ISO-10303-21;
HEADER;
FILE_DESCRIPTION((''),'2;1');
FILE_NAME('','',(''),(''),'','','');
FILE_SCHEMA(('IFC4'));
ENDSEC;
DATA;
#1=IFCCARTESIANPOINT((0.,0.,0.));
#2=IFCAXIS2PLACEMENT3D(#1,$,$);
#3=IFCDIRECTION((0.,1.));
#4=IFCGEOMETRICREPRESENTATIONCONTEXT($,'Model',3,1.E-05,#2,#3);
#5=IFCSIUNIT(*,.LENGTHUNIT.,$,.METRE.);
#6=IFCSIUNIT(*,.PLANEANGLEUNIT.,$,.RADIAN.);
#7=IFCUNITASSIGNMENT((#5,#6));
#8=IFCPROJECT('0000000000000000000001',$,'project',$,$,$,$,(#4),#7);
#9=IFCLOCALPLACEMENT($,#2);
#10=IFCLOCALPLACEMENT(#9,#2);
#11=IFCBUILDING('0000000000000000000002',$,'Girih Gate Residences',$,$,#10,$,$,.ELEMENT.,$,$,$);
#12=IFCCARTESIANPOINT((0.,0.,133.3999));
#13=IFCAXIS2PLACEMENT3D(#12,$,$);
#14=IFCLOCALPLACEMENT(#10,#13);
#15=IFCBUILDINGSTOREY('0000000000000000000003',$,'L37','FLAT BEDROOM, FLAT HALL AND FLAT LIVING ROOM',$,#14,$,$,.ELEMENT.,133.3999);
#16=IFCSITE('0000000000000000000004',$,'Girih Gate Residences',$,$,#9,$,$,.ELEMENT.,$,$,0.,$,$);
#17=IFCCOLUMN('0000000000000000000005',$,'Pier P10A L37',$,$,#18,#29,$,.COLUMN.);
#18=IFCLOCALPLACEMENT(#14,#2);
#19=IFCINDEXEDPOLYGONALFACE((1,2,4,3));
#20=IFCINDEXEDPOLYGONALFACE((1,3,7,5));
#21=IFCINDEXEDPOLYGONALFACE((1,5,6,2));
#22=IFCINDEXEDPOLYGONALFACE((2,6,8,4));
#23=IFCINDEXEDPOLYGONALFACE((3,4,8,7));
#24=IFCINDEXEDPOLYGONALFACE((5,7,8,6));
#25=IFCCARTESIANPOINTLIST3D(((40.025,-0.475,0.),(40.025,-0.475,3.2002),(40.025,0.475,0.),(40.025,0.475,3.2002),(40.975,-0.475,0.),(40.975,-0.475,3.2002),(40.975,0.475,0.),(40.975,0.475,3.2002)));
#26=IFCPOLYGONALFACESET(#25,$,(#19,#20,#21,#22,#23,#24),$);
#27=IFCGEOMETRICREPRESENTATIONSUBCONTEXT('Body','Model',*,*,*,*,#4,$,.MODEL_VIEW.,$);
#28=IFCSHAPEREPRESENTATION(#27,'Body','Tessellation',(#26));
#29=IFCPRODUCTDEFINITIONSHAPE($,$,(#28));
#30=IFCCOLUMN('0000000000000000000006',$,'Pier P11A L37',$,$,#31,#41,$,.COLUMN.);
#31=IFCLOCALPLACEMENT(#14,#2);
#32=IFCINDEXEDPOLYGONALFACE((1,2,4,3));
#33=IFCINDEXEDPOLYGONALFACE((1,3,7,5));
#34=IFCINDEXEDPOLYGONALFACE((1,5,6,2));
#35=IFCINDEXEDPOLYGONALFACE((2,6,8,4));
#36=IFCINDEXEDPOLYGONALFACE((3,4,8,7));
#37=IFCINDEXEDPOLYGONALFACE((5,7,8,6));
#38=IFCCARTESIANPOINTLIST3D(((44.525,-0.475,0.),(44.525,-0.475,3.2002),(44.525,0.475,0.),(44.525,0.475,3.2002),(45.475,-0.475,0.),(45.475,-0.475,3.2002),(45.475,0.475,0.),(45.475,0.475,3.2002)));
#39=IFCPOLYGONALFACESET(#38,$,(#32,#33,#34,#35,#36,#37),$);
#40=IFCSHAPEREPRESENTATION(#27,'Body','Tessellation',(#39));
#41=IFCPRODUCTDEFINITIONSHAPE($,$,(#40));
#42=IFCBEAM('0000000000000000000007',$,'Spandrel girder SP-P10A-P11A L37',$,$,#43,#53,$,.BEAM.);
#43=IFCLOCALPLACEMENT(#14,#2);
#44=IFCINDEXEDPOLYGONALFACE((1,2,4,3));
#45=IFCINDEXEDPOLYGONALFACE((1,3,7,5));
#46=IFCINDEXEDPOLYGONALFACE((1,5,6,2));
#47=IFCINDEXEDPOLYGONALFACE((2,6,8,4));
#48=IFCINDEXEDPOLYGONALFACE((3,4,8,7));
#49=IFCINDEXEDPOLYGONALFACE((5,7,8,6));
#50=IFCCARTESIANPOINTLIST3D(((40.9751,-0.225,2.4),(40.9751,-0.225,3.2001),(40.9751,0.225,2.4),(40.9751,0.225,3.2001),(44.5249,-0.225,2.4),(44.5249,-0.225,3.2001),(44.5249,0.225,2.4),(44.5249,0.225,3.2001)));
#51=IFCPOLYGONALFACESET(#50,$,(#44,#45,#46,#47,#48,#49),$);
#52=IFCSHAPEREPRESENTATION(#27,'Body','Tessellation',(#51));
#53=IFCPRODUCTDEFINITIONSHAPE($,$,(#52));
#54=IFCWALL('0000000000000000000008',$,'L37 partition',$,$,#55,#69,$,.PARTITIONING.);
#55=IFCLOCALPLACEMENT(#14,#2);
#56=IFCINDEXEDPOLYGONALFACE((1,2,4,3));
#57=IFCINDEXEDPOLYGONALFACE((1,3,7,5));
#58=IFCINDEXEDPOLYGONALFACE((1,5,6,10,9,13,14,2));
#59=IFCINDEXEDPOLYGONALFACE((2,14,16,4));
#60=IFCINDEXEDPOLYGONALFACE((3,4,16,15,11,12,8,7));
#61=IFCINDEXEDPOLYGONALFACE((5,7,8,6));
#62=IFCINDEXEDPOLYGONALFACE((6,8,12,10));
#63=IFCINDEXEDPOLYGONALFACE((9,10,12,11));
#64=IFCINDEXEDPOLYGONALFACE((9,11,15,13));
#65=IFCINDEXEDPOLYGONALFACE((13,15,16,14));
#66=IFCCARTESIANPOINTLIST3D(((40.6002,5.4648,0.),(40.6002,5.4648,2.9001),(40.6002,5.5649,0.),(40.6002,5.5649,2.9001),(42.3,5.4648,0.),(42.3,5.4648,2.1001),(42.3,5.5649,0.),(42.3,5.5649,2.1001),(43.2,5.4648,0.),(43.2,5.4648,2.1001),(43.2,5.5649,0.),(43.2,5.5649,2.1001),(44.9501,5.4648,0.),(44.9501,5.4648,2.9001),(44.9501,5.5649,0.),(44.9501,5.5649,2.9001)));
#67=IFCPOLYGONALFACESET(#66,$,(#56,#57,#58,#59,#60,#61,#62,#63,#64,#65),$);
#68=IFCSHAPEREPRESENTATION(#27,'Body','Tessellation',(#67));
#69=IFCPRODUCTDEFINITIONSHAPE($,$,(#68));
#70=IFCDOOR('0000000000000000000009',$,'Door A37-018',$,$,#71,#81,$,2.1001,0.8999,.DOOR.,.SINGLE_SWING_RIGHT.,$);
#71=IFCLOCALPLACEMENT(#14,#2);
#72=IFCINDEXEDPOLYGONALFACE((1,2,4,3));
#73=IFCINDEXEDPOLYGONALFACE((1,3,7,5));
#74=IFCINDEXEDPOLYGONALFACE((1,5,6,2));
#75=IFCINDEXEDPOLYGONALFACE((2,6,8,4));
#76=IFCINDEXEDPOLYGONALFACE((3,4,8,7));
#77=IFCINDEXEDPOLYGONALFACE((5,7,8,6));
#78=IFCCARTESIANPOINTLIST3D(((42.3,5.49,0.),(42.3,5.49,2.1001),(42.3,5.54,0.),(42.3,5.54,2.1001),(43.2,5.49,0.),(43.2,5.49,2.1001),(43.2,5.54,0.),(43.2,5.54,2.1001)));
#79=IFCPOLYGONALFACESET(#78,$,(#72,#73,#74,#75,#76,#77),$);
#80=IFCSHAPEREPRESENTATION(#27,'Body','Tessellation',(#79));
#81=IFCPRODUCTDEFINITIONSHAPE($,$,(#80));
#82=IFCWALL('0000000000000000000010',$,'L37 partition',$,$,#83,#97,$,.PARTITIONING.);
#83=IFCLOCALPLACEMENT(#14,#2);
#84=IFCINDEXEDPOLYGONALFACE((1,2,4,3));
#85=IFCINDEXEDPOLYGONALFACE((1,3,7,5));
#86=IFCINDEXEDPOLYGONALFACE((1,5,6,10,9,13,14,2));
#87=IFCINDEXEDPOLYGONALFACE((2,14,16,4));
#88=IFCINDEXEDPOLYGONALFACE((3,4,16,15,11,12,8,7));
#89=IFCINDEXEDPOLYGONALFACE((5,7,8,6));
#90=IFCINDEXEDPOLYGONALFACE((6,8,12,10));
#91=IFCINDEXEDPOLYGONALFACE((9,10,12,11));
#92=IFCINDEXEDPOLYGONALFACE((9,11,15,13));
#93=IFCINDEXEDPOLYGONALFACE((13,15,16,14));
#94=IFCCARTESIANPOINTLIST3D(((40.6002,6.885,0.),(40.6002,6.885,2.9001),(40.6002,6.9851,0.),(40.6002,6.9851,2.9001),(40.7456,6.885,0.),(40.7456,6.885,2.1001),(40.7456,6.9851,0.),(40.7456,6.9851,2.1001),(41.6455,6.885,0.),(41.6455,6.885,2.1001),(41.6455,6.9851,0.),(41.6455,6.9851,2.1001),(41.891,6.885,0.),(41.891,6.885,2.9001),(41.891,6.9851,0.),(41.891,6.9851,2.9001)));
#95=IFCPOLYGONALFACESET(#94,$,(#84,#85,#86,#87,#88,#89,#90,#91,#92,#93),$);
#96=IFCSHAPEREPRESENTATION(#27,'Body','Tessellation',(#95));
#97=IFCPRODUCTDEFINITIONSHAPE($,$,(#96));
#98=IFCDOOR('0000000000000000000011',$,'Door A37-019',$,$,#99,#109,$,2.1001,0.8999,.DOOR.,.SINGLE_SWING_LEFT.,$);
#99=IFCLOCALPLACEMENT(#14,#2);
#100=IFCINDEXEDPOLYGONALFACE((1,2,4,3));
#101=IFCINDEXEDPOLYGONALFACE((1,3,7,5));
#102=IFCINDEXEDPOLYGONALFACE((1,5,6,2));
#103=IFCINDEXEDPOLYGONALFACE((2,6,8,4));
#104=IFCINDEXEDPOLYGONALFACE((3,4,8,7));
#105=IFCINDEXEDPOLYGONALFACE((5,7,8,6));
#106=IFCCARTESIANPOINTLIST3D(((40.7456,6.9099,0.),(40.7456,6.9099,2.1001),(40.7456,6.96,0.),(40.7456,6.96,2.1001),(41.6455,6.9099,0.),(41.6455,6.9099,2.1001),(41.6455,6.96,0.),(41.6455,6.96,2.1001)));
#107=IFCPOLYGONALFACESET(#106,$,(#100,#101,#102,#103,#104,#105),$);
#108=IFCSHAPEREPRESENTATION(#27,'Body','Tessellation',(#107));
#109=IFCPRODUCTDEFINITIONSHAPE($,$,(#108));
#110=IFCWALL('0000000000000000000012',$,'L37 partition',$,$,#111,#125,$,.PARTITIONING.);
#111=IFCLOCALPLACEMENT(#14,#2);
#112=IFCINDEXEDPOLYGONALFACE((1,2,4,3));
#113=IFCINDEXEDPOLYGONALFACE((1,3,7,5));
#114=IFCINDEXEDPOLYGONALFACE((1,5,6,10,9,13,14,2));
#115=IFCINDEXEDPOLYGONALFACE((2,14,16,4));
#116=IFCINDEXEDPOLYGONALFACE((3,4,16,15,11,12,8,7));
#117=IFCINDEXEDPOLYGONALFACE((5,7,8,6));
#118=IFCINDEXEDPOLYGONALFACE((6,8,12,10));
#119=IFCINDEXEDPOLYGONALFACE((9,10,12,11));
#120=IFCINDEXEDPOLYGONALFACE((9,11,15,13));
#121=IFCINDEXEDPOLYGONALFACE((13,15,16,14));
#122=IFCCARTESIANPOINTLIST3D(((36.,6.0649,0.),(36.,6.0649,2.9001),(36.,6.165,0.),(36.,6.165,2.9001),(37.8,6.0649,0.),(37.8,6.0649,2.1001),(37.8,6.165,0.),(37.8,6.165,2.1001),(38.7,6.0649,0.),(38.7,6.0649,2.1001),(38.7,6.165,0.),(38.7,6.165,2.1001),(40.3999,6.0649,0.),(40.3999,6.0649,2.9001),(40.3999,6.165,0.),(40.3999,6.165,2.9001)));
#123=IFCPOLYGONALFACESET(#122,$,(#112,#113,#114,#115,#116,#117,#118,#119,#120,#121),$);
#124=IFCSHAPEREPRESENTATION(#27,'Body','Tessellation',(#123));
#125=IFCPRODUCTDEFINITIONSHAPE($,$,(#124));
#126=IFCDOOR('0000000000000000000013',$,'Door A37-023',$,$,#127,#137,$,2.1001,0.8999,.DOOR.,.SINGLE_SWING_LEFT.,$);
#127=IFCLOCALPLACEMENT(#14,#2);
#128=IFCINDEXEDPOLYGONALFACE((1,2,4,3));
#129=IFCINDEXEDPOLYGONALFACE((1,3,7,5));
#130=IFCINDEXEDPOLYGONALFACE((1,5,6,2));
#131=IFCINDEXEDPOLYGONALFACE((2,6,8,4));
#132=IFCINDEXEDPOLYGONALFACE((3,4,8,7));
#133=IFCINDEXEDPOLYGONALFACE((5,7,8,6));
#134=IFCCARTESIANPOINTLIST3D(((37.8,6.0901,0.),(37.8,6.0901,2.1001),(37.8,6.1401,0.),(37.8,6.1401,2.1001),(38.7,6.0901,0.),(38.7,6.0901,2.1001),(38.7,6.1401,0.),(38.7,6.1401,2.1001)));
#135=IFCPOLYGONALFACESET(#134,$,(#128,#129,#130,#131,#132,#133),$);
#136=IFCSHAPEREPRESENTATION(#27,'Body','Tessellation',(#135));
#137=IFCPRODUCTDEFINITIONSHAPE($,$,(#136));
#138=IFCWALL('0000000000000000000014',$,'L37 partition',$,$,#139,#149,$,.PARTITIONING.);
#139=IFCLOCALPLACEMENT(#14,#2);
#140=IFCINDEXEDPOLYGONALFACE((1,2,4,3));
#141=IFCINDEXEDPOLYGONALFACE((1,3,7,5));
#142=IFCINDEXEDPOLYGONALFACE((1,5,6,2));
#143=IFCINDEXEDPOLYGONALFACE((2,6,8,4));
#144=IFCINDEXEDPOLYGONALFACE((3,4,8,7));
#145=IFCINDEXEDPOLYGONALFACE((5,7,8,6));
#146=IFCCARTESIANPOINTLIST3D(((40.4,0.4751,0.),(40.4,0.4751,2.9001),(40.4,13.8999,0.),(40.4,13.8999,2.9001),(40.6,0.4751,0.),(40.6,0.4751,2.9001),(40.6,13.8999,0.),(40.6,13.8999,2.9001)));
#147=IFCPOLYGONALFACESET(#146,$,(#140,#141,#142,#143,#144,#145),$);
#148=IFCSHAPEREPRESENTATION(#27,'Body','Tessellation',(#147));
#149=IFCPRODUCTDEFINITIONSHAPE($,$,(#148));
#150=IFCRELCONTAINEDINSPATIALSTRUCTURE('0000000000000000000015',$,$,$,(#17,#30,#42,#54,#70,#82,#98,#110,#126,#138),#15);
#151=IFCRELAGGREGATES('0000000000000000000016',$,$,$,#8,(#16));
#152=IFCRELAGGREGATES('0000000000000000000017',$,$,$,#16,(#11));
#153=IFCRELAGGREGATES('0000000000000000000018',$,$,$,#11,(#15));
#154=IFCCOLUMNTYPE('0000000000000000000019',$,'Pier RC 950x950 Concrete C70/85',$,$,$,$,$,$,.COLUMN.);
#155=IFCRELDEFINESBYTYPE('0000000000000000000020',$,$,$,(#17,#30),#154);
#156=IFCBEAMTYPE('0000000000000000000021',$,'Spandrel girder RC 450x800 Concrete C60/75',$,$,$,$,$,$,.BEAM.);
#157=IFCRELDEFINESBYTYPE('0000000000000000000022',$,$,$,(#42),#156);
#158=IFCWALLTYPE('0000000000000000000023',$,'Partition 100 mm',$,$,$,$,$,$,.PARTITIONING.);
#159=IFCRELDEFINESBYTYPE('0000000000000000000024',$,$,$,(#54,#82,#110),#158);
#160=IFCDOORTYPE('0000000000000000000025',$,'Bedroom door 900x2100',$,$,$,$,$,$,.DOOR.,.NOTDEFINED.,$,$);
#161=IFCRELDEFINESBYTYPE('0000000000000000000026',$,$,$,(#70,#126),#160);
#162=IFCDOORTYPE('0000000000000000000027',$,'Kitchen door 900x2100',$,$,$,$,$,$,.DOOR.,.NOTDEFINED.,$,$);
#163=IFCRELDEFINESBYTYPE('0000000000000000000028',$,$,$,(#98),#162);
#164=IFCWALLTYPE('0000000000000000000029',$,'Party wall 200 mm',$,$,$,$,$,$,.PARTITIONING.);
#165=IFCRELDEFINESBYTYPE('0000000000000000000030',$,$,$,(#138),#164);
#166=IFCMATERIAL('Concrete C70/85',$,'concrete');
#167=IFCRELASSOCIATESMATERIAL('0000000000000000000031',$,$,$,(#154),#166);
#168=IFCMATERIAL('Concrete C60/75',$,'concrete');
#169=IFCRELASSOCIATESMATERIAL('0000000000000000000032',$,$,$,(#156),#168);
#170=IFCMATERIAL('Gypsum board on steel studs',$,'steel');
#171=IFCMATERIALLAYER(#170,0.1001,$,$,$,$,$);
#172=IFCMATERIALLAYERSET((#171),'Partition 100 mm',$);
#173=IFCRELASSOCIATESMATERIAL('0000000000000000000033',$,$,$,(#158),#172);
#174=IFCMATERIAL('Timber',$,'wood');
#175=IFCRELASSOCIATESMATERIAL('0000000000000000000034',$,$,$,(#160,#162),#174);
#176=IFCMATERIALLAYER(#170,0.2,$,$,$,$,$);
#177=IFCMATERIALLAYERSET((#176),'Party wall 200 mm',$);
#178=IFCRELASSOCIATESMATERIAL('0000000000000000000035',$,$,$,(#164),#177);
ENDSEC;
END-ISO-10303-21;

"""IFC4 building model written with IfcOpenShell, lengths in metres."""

from ifc_helpers import new_model, si_unit, direction, frame, frame_2d, origin, origin_2d, place, context, subcontext, project, spatial, rectangle, extrude, material, layer, layer_set, material_profile, profile_set, type_object, element, fill, save


model = new_model("IFC4")

# Units and contexts
model_context = context("Model", 3, precision=1e-05, world=origin(), true_north=direction((0.0, 1.0)))
body_context = subcontext(model_context, "Body", "Model", "MODEL_VIEW")
ifc_project = project(units=[si_unit("LENGTHUNIT", "METRE"), si_unit("PLANEANGLEUNIT", "RADIAN")], contexts=[model_context])

# Site, building, storey
site_placement = place(None, origin())
site = spatial("IfcSite", under=ifc_project, at=site_placement, Name="Girih Gate Residences", CompositionType="ELEMENT", RefElevation=0.0)
building_placement = place(site_placement, origin())
building = spatial("IfcBuilding", under=site, at=building_placement, Name="Girih Gate Residences", CompositionType="ELEMENT")
storey_placement = place(building_placement, frame((0.0, 0.0, 133.3999)))
storey = spatial("IfcBuildingStorey", under=building, at=storey_placement, Name="L37", Description="FLAT BEDROOM, FLAT HALL AND FLAT LIVING ROOM", CompositionType="ELEMENT", Elevation=133.3999)

# Columns
ifc_material_1 = material(Name="Concrete C70/85", Category="concrete")
ifc_material_profile_1 = material_profile(ifc_material_1, rectangle(XDim=0.95, YDim=0.95, at=origin_2d()))
ifc_profile_set_1 = profile_set([ifc_material_profile_1], Name="Concrete C70/85")
column_type = type_object("IfcColumnType", Name="Pier RC 950x950 Concrete C70/85", PredefinedType="COLUMN", material=ifc_profile_set_1)
for number, where, z_axis, x_axis, name in (
    (1, (40.5, 0.0, 0.0), (0.0, 0.0, 1.0), (1.0, 0.0, 0.0), "Pier P10A L37"),
    (2, (45.0, 0.0, 0.0), (0.0, 0.0, 1.0), (1.0, 0.0, 0.0), "Pier P11A L37"),
):
    element("IfcColumn", number, at=place(storey_placement, frame(where, z_axis=z_axis, x_axis=x_axis)), inside=storey, type_object=column_type, Name=name, PredefinedType="COLUMN", context=body_context, shape_type="SweptSolid", body=[
        extrude(rectangle(XDim=0.95, YDim=0.95, at=origin_2d()), origin(), (0.0, 0.0, 1.0), 3.2002),
    ])

# Beam
ifc_material_2 = material(Name="Concrete C60/75", Category="concrete")
ifc_material_profile_2 = material_profile(ifc_material_2, rectangle(XDim=0.45, YDim=0.8, at=origin_2d()))
ifc_profile_set_2 = profile_set([ifc_material_profile_2], Name="Concrete C60/75")
beam_type = type_object("IfcBeamType", Name="Spandrel girder RC 450x800 Concrete C60/75", PredefinedType="BEAM", material=ifc_profile_set_2)
beam_placement = place(storey_placement, frame((40.9751, 0.0, 2.8), z_axis=(1.0, 0.0, 0.0), x_axis=(0.0, 1.0, 0.0)))
element("IfcBeam", 3, at=beam_placement, inside=storey, type_object=beam_type, Name="Spandrel girder SP-P10A-P11A L37", PredefinedType="BEAM", context=body_context, shape_type="SweptSolid", body=[
    extrude(rectangle(XDim=0.45, YDim=0.8, at=origin_2d()), origin(), (0.0, 0.0, 1.0), 3.5498),
])

# Walls, openings, doors
ifc_material_3 = material(Name="Gypsum board on steel studs", Category="steel")
ifc_layer_1 = layer(ifc_material_3, 0.1001)
ifc_layer_set_1 = layer_set([ifc_layer_1], Name="Partition 100 mm")
wall_type_1 = type_object("IfcWallType", Name="Partition 100 mm", PredefinedType="PARTITIONING", material=ifc_layer_set_1)
wall_1_placement = place(storey_placement, frame((44.95, 5.5149, 0.0), z_axis=(0.0, 0.0, 1.0), x_axis=(-1.0, 0.0, 0.0)))
wall_1 = element("IfcWall", 4, at=wall_1_placement, inside=storey, type_object=wall_type_1, Name="L37 partition", PredefinedType="PARTITIONING", context=body_context, shape_type="SweptSolid", body=[
    extrude(rectangle(XDim=4.3499, YDim=0.1001, at=frame_2d((2.1748, 0.0))), origin(), (0.0, 0.0, 1.0), 2.9001),
])
opening_1_placement = place(wall_1_placement, frame((1.75, 0.0, 0.0)))
opening_1 = element("IfcOpeningElement", 5, at=opening_1_placement, cuts=wall_1, PredefinedType="OPENING", context=body_context, shape_type="SweptSolid", body=[
    extrude(rectangle(XDim=0.8999, YDim=2.1001, at=frame_2d((0.45, 1.05))), frame((0.0, 0.0601, 0.0), z_axis=(0.0, -1.0, 0.0), x_axis=(1.0, 0.0, 0.0)), (0.0, 0.0, 1.0), 0.1201),
])
ifc_material_4 = material(Name="Timber", Category="wood")
door_type_1 = type_object("IfcDoorType", Name="Bedroom door 900x2100", OperationType="NOTDEFINED", PredefinedType="DOOR", material=ifc_material_4)
door_1_placement = place(opening_1_placement, origin())
door_1 = element("IfcDoor", 6, at=door_1_placement, inside=storey, type_object=door_type_1, Name="Door A37-018", OperationType="SINGLE_SWING_RIGHT", OverallHeight=2.1001, OverallWidth=0.8999, PredefinedType="DOOR", context=body_context, shape_type="SweptSolid", body=[
    extrude(rectangle(XDim=0.8999, YDim=2.1001, at=frame_2d((0.45, 1.05))), frame((0.0, 0.0249, 0.0), z_axis=(0.0, -1.0, 0.0), x_axis=(1.0, 0.0, 0.0)), (0.0, 0.0, 1.0), 0.05),
])
fill(opening_1, door_1)
wall_2_placement = place(storey_placement, frame((40.6001, 6.9351, 0.0), z_axis=(0.0, 0.0, 1.0), x_axis=(1.0, 0.0, 0.0)))
wall_2 = element("IfcWall", 7, at=wall_2_placement, inside=storey, type_object=wall_type_1, Name="L37 partition", PredefinedType="PARTITIONING", context=body_context, shape_type="SweptSolid", body=[
    extrude(rectangle(XDim=1.2908, YDim=0.1001, at=frame_2d((0.6455, 0.0))), origin(), (0.0, 0.0, 1.0), 2.9001),
])
opening_2_placement = place(wall_2_placement, frame((0.1455, 0.0, 0.0)))
opening_2 = element("IfcOpeningElement", 8, at=opening_2_placement, cuts=wall_2, PredefinedType="OPENING", context=body_context, shape_type="SweptSolid", body=[
    extrude(rectangle(XDim=0.8999, YDim=2.1001, at=frame_2d((0.45, 1.05))), frame((0.0, 0.0601, 0.0), z_axis=(0.0, -1.0, 0.0), x_axis=(1.0, 0.0, 0.0)), (0.0, 0.0, 1.0), 0.1201),
])
door_type_2 = type_object("IfcDoorType", Name="Kitchen door 900x2100", OperationType="NOTDEFINED", PredefinedType="DOOR", material=ifc_material_4)
door_2_placement = place(opening_2_placement, origin())
door_2 = element("IfcDoor", 9, at=door_2_placement, inside=storey, type_object=door_type_2, Name="Door A37-019", OperationType="SINGLE_SWING_LEFT", OverallHeight=2.1001, OverallWidth=0.8999, PredefinedType="DOOR", context=body_context, shape_type="SweptSolid", body=[
    extrude(rectangle(XDim=0.8999, YDim=2.1001, at=frame_2d((0.45, 1.05))), frame((0.0, 0.0249, 0.0), z_axis=(0.0, -1.0, 0.0), x_axis=(1.0, 0.0, 0.0)), (0.0, 0.0, 1.0), 0.05),
])
fill(opening_2, door_2)
wall_3_placement = place(storey_placement, frame((40.3999, 6.115, 0.0), z_axis=(0.0, 0.0, 1.0), x_axis=(-1.0, 0.0, 0.0)))
wall_3 = element("IfcWall", 10, at=wall_3_placement, inside=storey, type_object=wall_type_1, Name="L37 partition", PredefinedType="PARTITIONING", context=body_context, shape_type="SweptSolid", body=[
    extrude(rectangle(XDim=4.3999, YDim=0.1001, at=frame_2d((2.2, 0.0))), origin(), (0.0, 0.0, 1.0), 2.9001),
])
opening_3_placement = place(wall_3_placement, frame((1.7, 0.0, 0.0)))
opening_3 = element("IfcOpeningElement", 11, at=opening_3_placement, cuts=wall_3, PredefinedType="OPENING", context=body_context, shape_type="SweptSolid", body=[
    extrude(rectangle(XDim=0.8999, YDim=2.1001, at=frame_2d((0.45, 1.05))), frame((0.0, 0.0601, 0.0), z_axis=(0.0, -1.0, 0.0), x_axis=(1.0, 0.0, 0.0)), (0.0, 0.0, 1.0), 0.1201),
])
door_3_placement = place(opening_3_placement, origin())
door_3 = element("IfcDoor", 12, at=door_3_placement, inside=storey, type_object=door_type_1, Name="Door A37-023", OperationType="SINGLE_SWING_LEFT", OverallHeight=2.1001, OverallWidth=0.8999, PredefinedType="DOOR", context=body_context, shape_type="SweptSolid", body=[
    extrude(rectangle(XDim=0.8999, YDim=2.1001, at=frame_2d((0.45, 1.05))), frame((0.0, 0.0249, 0.0), z_axis=(0.0, -1.0, 0.0), x_axis=(1.0, 0.0, 0.0)), (0.0, 0.0, 1.0), 0.05),
])
fill(opening_3, door_3)

# Wall
ifc_layer_2 = layer(ifc_material_3, 0.2)
ifc_layer_set_2 = layer_set([ifc_layer_2], Name="Party wall 200 mm")
wall_type_2 = type_object("IfcWallType", Name="Party wall 200 mm", PredefinedType="PARTITIONING", material=ifc_layer_set_2)
wall_4_placement = place(storey_placement, frame((40.5, 0.4751, 0.0), z_axis=(0.0, 0.0, 1.0), x_axis=(0.0, 1.0, 0.0)))
element("IfcWall", 13, at=wall_4_placement, inside=storey, type_object=wall_type_2, Name="L37 partition", PredefinedType="PARTITIONING", context=body_context, shape_type="SweptSolid", body=[
    extrude(rectangle(XDim=13.4248, YDim=0.2, at=frame_2d((6.7124, 0.0))), origin(), (0.0, 0.0, 1.0), 2.9001),
])

save(model, "model.ifc")
